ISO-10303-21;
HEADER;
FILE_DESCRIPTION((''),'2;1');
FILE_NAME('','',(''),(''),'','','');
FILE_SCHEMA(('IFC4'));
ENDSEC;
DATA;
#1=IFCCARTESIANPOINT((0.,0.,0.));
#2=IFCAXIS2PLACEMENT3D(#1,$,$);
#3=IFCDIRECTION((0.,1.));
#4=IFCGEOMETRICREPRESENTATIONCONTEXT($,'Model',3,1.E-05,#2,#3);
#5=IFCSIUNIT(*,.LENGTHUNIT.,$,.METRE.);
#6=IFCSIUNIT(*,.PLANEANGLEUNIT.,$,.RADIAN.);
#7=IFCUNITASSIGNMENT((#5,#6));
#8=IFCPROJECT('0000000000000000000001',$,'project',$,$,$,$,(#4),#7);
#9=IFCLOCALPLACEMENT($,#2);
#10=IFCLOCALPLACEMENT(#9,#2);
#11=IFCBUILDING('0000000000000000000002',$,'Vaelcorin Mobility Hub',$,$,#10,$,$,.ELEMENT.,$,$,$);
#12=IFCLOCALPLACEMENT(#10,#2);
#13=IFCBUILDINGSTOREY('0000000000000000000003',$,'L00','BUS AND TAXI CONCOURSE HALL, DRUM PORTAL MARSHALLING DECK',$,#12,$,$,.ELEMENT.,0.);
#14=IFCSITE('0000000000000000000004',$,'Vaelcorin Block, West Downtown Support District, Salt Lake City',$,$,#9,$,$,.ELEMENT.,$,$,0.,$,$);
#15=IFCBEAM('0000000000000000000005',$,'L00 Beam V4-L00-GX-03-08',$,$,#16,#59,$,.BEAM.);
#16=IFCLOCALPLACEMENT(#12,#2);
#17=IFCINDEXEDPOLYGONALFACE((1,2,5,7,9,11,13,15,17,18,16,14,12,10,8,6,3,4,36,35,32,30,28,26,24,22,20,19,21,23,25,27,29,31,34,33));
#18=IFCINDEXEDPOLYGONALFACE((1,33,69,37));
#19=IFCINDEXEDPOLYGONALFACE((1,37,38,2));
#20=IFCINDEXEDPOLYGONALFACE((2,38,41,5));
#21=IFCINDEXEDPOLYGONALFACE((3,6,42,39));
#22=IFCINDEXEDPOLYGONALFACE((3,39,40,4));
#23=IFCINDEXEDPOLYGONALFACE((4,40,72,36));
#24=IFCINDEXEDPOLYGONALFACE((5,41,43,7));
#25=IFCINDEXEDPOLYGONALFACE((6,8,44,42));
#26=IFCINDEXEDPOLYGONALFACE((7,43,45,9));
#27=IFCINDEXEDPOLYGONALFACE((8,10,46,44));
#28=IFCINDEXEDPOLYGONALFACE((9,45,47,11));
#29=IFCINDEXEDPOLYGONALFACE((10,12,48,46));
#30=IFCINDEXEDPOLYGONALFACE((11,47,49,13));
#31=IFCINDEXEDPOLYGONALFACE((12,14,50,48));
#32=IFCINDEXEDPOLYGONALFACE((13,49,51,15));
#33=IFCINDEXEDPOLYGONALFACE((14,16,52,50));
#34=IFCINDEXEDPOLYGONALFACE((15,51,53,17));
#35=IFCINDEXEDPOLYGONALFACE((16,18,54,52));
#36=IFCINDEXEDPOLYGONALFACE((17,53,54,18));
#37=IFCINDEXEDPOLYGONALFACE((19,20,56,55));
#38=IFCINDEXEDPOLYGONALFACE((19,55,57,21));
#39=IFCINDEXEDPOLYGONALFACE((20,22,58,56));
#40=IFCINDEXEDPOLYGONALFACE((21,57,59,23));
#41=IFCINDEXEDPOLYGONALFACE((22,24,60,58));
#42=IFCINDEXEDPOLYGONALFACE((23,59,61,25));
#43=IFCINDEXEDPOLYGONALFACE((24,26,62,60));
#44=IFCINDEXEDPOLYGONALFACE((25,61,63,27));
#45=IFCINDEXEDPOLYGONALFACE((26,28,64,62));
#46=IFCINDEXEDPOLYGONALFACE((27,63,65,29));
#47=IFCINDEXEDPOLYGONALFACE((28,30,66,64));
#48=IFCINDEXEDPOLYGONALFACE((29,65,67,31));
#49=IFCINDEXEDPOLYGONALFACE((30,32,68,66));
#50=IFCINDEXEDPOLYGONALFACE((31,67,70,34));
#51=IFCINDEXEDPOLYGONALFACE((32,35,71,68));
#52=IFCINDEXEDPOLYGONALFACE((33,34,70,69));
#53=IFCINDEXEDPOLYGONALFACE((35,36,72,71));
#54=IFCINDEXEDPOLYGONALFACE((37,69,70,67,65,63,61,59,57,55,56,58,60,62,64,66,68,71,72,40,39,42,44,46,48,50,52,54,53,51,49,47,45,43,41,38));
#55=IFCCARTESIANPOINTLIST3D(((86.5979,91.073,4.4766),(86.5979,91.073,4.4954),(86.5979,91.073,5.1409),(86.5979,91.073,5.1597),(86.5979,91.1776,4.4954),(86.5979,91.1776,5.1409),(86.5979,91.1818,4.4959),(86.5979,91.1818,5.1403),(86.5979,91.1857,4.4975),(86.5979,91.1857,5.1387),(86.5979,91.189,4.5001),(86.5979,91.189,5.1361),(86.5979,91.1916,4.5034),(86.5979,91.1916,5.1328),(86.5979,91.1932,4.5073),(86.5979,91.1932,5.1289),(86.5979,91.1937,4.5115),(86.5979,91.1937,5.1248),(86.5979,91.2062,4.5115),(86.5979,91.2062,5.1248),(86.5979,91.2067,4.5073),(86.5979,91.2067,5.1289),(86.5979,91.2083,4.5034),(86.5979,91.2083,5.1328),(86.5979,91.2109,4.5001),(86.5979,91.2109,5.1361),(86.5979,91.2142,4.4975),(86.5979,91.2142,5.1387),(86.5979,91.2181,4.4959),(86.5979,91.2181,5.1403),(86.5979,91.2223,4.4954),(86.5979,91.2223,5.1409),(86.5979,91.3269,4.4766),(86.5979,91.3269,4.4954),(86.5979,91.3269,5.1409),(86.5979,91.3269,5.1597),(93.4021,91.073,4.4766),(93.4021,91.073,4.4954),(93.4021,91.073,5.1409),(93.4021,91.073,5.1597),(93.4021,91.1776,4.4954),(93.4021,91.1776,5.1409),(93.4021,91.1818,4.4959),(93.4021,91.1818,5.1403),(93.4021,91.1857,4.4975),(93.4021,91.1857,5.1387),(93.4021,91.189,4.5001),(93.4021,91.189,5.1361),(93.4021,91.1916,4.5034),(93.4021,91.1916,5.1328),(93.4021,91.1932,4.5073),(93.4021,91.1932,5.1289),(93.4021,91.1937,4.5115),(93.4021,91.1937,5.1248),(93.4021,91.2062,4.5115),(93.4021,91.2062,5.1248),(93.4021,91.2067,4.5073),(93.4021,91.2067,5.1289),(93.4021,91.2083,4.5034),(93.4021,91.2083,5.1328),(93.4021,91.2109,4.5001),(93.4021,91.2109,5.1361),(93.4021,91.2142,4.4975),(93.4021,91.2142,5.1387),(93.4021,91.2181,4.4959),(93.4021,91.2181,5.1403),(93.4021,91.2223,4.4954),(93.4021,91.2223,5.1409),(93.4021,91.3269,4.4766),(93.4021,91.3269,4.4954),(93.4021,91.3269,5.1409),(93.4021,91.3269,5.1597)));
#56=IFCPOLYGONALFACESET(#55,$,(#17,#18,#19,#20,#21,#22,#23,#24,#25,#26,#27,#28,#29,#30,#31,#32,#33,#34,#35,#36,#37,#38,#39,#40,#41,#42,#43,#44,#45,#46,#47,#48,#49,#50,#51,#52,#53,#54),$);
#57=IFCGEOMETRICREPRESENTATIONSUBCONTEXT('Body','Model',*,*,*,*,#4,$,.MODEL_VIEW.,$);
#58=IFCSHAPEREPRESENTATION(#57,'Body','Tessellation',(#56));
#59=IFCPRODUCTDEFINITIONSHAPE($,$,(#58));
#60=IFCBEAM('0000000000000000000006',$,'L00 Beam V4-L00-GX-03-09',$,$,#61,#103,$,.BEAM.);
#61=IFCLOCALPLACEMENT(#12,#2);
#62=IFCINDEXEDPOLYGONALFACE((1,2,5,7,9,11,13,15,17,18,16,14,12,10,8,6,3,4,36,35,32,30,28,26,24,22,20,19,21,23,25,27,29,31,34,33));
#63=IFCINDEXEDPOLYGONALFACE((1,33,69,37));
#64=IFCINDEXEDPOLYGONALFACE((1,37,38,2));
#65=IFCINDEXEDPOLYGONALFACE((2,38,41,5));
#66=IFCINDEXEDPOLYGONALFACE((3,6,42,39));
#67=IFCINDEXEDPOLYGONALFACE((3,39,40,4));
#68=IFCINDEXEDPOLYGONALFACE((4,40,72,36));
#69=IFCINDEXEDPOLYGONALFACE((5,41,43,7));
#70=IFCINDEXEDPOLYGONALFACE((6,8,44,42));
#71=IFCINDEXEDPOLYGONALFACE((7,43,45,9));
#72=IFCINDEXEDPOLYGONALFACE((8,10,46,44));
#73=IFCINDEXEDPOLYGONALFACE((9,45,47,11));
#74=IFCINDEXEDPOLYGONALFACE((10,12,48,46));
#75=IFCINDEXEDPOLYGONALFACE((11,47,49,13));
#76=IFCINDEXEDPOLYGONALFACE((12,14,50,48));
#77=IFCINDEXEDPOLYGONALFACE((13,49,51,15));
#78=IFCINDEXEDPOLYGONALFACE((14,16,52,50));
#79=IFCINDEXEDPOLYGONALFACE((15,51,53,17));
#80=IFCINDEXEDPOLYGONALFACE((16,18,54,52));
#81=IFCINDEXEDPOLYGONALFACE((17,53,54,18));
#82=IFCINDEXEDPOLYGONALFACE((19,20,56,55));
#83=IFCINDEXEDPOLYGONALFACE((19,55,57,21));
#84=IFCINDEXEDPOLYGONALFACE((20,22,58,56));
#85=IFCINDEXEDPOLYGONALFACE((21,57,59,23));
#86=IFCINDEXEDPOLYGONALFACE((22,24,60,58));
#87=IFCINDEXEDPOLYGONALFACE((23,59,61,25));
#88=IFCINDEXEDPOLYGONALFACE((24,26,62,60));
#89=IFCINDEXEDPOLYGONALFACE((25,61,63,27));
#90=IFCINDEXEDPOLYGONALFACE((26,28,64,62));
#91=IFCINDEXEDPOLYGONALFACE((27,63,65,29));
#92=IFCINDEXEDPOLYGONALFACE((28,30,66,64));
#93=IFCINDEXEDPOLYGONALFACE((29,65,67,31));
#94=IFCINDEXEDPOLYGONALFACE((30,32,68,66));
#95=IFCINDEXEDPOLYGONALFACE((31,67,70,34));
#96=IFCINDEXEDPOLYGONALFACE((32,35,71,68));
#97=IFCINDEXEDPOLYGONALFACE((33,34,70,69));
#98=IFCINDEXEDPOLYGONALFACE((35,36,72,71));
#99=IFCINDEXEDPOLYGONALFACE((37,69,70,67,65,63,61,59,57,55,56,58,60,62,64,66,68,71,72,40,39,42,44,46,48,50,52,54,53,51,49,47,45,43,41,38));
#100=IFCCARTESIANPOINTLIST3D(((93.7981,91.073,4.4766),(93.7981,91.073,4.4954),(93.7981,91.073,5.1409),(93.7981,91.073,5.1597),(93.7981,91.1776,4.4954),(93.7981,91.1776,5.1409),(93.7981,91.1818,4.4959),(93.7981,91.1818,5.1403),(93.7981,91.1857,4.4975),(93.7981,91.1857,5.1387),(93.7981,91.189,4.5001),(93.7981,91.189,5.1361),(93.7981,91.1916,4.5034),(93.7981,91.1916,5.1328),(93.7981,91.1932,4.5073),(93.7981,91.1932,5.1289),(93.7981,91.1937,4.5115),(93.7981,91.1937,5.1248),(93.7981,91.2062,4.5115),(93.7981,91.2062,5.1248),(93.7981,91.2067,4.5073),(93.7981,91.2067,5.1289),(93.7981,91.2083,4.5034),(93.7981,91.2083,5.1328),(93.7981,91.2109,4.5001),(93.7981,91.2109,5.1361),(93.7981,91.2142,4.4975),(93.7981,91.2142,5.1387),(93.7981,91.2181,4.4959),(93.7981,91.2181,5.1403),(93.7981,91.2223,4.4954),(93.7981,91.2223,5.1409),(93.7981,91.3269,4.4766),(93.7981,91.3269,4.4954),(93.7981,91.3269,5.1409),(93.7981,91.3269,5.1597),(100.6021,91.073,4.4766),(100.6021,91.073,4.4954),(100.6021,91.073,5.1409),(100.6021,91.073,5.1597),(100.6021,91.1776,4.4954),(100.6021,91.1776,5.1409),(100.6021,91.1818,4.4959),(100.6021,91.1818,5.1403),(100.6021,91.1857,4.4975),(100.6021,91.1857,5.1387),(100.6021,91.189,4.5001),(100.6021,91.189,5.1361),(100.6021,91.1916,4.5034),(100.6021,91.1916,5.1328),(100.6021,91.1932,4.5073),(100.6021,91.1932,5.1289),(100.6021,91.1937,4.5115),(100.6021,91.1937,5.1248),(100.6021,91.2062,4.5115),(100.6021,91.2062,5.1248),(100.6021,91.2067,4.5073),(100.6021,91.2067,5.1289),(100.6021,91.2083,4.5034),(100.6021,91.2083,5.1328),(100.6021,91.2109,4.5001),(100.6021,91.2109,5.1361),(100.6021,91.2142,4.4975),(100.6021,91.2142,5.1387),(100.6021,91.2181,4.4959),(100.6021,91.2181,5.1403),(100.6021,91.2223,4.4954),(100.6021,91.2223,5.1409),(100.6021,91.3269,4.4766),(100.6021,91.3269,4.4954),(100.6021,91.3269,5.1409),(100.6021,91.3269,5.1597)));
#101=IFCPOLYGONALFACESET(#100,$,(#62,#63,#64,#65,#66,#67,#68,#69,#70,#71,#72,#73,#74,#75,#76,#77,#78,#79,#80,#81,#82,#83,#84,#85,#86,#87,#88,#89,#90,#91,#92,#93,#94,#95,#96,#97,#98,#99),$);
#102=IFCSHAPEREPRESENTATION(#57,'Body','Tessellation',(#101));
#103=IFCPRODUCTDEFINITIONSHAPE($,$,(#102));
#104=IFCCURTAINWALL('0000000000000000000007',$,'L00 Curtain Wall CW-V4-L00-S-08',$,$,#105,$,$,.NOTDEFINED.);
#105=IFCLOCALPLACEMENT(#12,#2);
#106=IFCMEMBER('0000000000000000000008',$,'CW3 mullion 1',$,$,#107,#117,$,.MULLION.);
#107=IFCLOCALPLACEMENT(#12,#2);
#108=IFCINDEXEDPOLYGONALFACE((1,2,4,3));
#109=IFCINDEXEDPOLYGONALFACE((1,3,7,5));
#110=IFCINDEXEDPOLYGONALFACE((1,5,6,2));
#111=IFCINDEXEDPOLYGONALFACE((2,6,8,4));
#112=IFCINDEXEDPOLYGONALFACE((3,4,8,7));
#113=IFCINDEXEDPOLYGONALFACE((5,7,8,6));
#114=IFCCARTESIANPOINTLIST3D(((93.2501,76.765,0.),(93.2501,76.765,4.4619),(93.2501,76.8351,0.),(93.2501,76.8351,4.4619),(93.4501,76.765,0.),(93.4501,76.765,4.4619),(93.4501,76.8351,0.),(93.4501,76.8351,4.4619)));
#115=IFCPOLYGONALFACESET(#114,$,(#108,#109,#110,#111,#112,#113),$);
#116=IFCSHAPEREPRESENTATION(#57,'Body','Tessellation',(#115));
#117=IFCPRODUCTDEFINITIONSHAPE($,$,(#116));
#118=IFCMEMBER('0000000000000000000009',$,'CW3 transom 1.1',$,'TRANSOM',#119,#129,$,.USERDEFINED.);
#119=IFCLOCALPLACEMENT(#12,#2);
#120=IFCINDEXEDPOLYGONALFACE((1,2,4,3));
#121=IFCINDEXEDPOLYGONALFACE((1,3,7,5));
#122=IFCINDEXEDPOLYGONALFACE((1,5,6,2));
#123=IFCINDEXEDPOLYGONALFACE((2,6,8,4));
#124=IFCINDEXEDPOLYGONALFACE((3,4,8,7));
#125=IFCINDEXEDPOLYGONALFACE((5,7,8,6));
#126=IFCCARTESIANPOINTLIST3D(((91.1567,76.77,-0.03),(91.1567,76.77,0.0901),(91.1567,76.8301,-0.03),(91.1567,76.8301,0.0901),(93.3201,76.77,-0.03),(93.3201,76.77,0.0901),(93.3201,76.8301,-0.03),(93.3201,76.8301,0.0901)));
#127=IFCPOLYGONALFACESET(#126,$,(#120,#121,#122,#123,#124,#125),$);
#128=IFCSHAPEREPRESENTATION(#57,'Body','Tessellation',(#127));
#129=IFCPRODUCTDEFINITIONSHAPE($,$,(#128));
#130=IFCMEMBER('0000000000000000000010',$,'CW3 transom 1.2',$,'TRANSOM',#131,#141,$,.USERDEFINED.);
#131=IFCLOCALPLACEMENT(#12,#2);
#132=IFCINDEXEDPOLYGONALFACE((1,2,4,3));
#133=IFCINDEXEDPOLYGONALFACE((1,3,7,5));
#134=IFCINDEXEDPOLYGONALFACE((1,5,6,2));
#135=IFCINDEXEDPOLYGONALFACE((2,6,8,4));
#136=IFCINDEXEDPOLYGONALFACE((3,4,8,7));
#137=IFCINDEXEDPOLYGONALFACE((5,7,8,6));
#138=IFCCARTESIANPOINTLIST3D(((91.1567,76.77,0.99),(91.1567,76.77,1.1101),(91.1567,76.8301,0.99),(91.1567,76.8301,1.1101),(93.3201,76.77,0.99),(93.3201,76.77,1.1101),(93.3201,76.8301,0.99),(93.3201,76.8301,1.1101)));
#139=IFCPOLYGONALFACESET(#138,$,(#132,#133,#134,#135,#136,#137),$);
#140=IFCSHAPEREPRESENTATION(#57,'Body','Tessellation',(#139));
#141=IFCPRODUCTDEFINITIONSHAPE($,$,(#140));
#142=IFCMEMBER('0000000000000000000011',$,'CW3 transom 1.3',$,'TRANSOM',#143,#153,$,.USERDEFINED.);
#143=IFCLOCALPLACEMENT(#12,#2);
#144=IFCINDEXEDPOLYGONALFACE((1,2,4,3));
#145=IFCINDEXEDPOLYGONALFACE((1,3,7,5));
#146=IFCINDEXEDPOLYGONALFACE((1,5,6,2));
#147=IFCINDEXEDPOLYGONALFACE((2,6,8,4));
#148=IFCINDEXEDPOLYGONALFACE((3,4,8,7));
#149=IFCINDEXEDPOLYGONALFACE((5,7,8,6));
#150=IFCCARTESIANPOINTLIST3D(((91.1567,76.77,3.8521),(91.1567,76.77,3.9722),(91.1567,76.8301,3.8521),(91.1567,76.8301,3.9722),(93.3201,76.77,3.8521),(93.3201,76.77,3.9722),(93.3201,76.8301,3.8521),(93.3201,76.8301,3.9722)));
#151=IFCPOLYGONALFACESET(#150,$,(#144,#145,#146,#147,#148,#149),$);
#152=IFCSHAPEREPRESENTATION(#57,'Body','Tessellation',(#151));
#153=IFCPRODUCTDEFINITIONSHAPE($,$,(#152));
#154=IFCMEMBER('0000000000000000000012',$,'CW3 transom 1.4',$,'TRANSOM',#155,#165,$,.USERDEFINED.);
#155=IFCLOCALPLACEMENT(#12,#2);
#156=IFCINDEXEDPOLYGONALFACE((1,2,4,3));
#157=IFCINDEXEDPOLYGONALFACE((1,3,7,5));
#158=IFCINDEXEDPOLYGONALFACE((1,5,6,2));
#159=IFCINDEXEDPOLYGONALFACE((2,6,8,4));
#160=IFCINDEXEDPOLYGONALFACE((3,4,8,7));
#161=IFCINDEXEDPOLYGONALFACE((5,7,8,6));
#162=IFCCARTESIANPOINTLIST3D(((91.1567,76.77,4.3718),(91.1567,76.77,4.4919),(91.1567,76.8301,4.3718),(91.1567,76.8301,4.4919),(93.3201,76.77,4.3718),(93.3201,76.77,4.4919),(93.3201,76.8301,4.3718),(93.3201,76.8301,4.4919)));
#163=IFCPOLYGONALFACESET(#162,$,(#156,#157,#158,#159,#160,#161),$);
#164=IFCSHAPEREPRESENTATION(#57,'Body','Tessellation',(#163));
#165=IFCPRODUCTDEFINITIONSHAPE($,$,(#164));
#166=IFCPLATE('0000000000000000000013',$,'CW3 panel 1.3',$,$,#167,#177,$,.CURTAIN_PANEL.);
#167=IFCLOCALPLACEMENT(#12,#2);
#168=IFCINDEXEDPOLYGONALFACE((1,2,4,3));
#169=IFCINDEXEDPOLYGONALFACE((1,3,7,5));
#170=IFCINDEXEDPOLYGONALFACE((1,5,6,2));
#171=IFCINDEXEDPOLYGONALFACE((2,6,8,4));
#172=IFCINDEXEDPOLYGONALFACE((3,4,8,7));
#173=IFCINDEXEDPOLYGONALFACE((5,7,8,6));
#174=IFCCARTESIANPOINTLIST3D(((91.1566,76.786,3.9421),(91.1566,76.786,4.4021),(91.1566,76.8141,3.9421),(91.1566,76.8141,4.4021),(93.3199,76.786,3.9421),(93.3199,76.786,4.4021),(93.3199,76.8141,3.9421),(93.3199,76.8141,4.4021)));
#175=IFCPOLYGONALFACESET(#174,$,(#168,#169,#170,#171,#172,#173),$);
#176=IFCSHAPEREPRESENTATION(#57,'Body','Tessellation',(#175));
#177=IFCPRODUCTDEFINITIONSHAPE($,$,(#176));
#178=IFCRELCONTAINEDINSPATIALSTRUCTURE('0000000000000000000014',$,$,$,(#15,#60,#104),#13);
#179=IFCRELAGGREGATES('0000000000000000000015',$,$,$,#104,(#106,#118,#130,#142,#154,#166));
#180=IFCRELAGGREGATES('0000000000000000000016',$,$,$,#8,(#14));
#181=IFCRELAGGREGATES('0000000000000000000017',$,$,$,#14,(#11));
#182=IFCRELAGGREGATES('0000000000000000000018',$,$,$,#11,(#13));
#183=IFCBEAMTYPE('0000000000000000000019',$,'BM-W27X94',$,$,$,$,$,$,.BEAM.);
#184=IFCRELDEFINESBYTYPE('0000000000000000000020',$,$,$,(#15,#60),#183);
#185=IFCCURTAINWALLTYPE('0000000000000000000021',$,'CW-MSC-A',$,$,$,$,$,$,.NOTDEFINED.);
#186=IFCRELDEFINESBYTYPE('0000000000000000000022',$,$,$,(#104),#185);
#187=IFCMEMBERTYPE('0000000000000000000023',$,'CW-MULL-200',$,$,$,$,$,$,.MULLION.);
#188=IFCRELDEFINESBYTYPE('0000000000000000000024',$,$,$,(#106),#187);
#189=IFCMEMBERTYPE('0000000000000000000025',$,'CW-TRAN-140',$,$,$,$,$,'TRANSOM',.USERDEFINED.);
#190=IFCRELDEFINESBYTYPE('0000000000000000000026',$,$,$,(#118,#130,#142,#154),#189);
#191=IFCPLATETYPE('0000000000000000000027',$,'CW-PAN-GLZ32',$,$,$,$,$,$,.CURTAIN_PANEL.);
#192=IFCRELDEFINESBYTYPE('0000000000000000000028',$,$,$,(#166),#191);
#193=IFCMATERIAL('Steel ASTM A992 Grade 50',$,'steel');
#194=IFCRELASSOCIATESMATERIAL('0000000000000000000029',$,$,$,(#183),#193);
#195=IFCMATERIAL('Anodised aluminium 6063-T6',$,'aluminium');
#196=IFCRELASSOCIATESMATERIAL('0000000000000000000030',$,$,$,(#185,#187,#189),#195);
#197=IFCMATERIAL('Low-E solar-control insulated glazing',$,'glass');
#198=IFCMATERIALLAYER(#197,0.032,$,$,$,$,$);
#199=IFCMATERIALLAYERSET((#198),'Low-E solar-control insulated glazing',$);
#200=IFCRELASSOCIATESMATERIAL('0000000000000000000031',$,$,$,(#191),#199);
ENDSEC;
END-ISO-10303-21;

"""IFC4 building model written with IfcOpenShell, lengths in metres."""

from ifc_helpers import new_model, si_unit, direction, frame, origin, origin_2d, place, context, subcontext, project, spatial, rectangle, i_section, extrude, material, layer, layer_set, material_profile, profile_set, type_object, element, aggregate, save


model = new_model("IFC4")

# Units and contexts
model_context = context("Model", 3, precision=1e-05, world=origin(), true_north=direction((0.0, 1.0)))
body_context = subcontext(model_context, "Body", "Model", "MODEL_VIEW")
ifc_project = project(units=[si_unit("LENGTHUNIT", "METRE"), si_unit("PLANEANGLEUNIT", "RADIAN")], contexts=[model_context])

# Site, building, storey
site_placement = place(None, origin())
site = spatial("IfcSite", under=ifc_project, at=site_placement, Name="Vaelcorin Block, West Downtown Support District, Salt Lake City", CompositionType="ELEMENT", RefElevation=0.0)
building_placement = place(site_placement, origin())
building = spatial("IfcBuilding", under=site, at=building_placement, Name="Vaelcorin Mobility Hub", CompositionType="ELEMENT")
storey_placement = place(building_placement, origin())
storey = spatial("IfcBuildingStorey", under=building, at=storey_placement, Name="L00", Description="BUS AND TAXI CONCOURSE HALL, DRUM PORTAL MARSHALLING DECK", CompositionType="ELEMENT", Elevation=0.0)

# Shared definitions
ifc_material_1 = material(Name="Steel ASTM A992 Grade 50", Category="steel")

# Beams
ifc_material_profile_1 = material_profile(ifc_material_1, i_section(OverallWidth=0.2539, OverallDepth=0.6831, WebThickness=0.0125, FlangeThickness=0.0188, FilletRadius=0.0161, at=origin_2d()), Name="W27X94")
ifc_profile_set_1 = profile_set([ifc_material_profile_1], Name="Steel ASTM A992 Grade 50")
beam_type_1 = type_object("IfcBeamType", Name="BM-W27X94", PredefinedType="BEAM", material=ifc_profile_set_1)
beam_1_placement = place(storey_placement, frame((86.5979, 91.2, 4.8181), z_axis=(1.0, 0.0, 0.0), x_axis=(0.0, 1.0, 0.0)))
element("IfcBeam", 1, at=beam_1_placement, inside=storey, type_object=beam_type_1, Name="L00 Beam V4-L00-GX-03-08", PredefinedType="BEAM", context=body_context, shape_type="SweptSolid", body=[
    extrude(i_section(OverallWidth=0.2539, OverallDepth=0.6831, WebThickness=0.0125, FlangeThickness=0.0188, FilletRadius=0.0161, at=origin_2d()), origin(), (0.0, 0.0, 1.0), 6.8042),
])
beam_2_placement = place(storey_placement, frame((93.7981, 91.2, 4.8181), z_axis=(1.0, 0.0, 0.0), x_axis=(0.0, 1.0, 0.0)))
element("IfcBeam", 2, at=beam_2_placement, inside=storey, type_object=beam_type_1, Name="L00 Beam V4-L00-GX-03-09", PredefinedType="BEAM", context=body_context, shape_type="SweptSolid", body=[
    extrude(i_section(OverallWidth=0.2539, OverallDepth=0.6831, WebThickness=0.0125, FlangeThickness=0.0188, FilletRadius=0.0161, at=origin_2d()), origin(), (0.0, 0.0, 1.0), 6.804),
])

# Curtain wall, members, plate
ifc_material_2 = material(Name="Anodised aluminium 6063-T6", Category="aluminium")
curtain_wall_type = type_object("IfcCurtainWallType", Name="CW-MSC-A", PredefinedType="NOTDEFINED", material=ifc_material_2)
curtain_wall_placement = place(storey_placement, origin())
curtain_wall = element("IfcCurtainWall", 3, at=curtain_wall_placement, inside=storey, type_object=curtain_wall_type, Name="L00 Curtain Wall CW-V4-L00-S-08", PredefinedType="NOTDEFINED")
ifc_material_profile_2 = material_profile(ifc_material_2, rectangle(XDim=0.0701, YDim=0.2, at=origin_2d()), Name="ALU-M70X200")
ifc_profile_set_2 = profile_set([ifc_material_profile_2], Name="Anodised aluminium 6063-T6")
member_type_1 = type_object("IfcMemberType", Name="CW-MULL-200", PredefinedType="MULLION", material=ifc_profile_set_2)
member_1_placement = place(storey_placement, frame((93.3501, 76.8, 0.0), z_axis=(0.0, 0.0, 1.0), x_axis=(0.0, -1.0, 0.0)))
member_1 = element("IfcMember", 4, at=member_1_placement, type_object=member_type_1, Name="CW3 mullion 1", PredefinedType="MULLION", context=body_context, shape_type="SweptSolid", body=[
    extrude(rectangle(XDim=0.0701, YDim=0.2, at=origin_2d()), origin(), (0.0, 0.0, 1.0), 4.4619),
])
ifc_material_profile_3 = material_profile(ifc_material_2, rectangle(XDim=0.0601, YDim=0.1201, at=origin_2d()), Name="ALU-T60X120")
ifc_profile_set_3 = profile_set([ifc_material_profile_3], Name="Anodised aluminium 6063-T6")
member_type_2 = type_object("IfcMemberType", Name="CW-TRAN-140", ElementType="TRANSOM", PredefinedType="USERDEFINED", material=ifc_profile_set_3)
member_2_placement = place(storey_placement, frame((93.3201, 76.8, 0.03), z_axis=(-1.0, 0.0, 0.0), x_axis=(0.0, -1.0, 0.0)))
member_2 = element("IfcMember", 5, at=member_2_placement, type_object=member_type_2, Name="CW3 transom 1.1", ObjectType="TRANSOM", PredefinedType="USERDEFINED", context=body_context, shape_type="SweptSolid", body=[
    extrude(rectangle(XDim=0.0601, YDim=0.1201, at=origin_2d()), origin(), (0.0, 0.0, 1.0), 2.1633),
])
member_3_placement = place(storey_placement, frame((93.3201, 76.8, 1.05), z_axis=(-1.0, 0.0, 0.0), x_axis=(0.0, -1.0, 0.0)))
member_3 = element("IfcMember", 6, at=member_3_placement, type_object=member_type_2, Name="CW3 transom 1.2", ObjectType="TRANSOM", PredefinedType="USERDEFINED", context=body_context, shape_type="SweptSolid", body=[
    extrude(rectangle(XDim=0.0601, YDim=0.1201, at=origin_2d()), origin(), (0.0, 0.0, 1.0), 2.1633),
])
member_4_placement = place(storey_placement, frame((93.3201, 76.8, 3.9121), z_axis=(-1.0, 0.0, 0.0), x_axis=(0.0, -1.0, 0.0)))
member_4 = element("IfcMember", 7, at=member_4_placement, type_object=member_type_2, Name="CW3 transom 1.3", ObjectType="TRANSOM", PredefinedType="USERDEFINED", context=body_context, shape_type="SweptSolid", body=[
    extrude(rectangle(XDim=0.0601, YDim=0.1201, at=origin_2d()), origin(), (0.0, 0.0, 1.0), 2.1633),
])
member_5_placement = place(storey_placement, frame((93.3201, 76.8, 4.4319), z_axis=(-1.0, 0.0, 0.0), x_axis=(0.0, -1.0, 0.0)))
member_5 = element("IfcMember", 8, at=member_5_placement, type_object=member_type_2, Name="CW3 transom 1.4", ObjectType="TRANSOM", PredefinedType="USERDEFINED", context=body_context, shape_type="SweptSolid", body=[
    extrude(rectangle(XDim=0.0601, YDim=0.1201, at=origin_2d()), origin(), (0.0, 0.0, 1.0), 2.1633),
])
ifc_material_3 = material(Name="Low-E solar-control insulated glazing", Category="glass")
ifc_layer = layer(ifc_material_3, 0.032)
ifc_layer_set = layer_set([ifc_layer], Name="Low-E solar-control insulated glazing")
plate_type = type_object("IfcPlateType", Name="CW-PAN-GLZ32", PredefinedType="CURTAIN_PANEL", material=ifc_layer_set)
plate_placement = place(storey_placement, frame((92.2383, 76.8, 3.9421), z_axis=(0.0, 0.0, 1.0), x_axis=(-1.0, 0.0, 0.0)))
plate = element("IfcPlate", 9, at=plate_placement, type_object=plate_type, Name="CW3 panel 1.3", PredefinedType="CURTAIN_PANEL", context=body_context, shape_type="SweptSolid", body=[
    extrude(rectangle(XDim=2.1633, YDim=0.0281, at=origin_2d()), origin(), (0.0, 0.0, 1.0), 0.46),
])
aggregate(curtain_wall, [member_1, member_2, member_3, member_4, member_5, plate])

save(model, "model.ifc")
